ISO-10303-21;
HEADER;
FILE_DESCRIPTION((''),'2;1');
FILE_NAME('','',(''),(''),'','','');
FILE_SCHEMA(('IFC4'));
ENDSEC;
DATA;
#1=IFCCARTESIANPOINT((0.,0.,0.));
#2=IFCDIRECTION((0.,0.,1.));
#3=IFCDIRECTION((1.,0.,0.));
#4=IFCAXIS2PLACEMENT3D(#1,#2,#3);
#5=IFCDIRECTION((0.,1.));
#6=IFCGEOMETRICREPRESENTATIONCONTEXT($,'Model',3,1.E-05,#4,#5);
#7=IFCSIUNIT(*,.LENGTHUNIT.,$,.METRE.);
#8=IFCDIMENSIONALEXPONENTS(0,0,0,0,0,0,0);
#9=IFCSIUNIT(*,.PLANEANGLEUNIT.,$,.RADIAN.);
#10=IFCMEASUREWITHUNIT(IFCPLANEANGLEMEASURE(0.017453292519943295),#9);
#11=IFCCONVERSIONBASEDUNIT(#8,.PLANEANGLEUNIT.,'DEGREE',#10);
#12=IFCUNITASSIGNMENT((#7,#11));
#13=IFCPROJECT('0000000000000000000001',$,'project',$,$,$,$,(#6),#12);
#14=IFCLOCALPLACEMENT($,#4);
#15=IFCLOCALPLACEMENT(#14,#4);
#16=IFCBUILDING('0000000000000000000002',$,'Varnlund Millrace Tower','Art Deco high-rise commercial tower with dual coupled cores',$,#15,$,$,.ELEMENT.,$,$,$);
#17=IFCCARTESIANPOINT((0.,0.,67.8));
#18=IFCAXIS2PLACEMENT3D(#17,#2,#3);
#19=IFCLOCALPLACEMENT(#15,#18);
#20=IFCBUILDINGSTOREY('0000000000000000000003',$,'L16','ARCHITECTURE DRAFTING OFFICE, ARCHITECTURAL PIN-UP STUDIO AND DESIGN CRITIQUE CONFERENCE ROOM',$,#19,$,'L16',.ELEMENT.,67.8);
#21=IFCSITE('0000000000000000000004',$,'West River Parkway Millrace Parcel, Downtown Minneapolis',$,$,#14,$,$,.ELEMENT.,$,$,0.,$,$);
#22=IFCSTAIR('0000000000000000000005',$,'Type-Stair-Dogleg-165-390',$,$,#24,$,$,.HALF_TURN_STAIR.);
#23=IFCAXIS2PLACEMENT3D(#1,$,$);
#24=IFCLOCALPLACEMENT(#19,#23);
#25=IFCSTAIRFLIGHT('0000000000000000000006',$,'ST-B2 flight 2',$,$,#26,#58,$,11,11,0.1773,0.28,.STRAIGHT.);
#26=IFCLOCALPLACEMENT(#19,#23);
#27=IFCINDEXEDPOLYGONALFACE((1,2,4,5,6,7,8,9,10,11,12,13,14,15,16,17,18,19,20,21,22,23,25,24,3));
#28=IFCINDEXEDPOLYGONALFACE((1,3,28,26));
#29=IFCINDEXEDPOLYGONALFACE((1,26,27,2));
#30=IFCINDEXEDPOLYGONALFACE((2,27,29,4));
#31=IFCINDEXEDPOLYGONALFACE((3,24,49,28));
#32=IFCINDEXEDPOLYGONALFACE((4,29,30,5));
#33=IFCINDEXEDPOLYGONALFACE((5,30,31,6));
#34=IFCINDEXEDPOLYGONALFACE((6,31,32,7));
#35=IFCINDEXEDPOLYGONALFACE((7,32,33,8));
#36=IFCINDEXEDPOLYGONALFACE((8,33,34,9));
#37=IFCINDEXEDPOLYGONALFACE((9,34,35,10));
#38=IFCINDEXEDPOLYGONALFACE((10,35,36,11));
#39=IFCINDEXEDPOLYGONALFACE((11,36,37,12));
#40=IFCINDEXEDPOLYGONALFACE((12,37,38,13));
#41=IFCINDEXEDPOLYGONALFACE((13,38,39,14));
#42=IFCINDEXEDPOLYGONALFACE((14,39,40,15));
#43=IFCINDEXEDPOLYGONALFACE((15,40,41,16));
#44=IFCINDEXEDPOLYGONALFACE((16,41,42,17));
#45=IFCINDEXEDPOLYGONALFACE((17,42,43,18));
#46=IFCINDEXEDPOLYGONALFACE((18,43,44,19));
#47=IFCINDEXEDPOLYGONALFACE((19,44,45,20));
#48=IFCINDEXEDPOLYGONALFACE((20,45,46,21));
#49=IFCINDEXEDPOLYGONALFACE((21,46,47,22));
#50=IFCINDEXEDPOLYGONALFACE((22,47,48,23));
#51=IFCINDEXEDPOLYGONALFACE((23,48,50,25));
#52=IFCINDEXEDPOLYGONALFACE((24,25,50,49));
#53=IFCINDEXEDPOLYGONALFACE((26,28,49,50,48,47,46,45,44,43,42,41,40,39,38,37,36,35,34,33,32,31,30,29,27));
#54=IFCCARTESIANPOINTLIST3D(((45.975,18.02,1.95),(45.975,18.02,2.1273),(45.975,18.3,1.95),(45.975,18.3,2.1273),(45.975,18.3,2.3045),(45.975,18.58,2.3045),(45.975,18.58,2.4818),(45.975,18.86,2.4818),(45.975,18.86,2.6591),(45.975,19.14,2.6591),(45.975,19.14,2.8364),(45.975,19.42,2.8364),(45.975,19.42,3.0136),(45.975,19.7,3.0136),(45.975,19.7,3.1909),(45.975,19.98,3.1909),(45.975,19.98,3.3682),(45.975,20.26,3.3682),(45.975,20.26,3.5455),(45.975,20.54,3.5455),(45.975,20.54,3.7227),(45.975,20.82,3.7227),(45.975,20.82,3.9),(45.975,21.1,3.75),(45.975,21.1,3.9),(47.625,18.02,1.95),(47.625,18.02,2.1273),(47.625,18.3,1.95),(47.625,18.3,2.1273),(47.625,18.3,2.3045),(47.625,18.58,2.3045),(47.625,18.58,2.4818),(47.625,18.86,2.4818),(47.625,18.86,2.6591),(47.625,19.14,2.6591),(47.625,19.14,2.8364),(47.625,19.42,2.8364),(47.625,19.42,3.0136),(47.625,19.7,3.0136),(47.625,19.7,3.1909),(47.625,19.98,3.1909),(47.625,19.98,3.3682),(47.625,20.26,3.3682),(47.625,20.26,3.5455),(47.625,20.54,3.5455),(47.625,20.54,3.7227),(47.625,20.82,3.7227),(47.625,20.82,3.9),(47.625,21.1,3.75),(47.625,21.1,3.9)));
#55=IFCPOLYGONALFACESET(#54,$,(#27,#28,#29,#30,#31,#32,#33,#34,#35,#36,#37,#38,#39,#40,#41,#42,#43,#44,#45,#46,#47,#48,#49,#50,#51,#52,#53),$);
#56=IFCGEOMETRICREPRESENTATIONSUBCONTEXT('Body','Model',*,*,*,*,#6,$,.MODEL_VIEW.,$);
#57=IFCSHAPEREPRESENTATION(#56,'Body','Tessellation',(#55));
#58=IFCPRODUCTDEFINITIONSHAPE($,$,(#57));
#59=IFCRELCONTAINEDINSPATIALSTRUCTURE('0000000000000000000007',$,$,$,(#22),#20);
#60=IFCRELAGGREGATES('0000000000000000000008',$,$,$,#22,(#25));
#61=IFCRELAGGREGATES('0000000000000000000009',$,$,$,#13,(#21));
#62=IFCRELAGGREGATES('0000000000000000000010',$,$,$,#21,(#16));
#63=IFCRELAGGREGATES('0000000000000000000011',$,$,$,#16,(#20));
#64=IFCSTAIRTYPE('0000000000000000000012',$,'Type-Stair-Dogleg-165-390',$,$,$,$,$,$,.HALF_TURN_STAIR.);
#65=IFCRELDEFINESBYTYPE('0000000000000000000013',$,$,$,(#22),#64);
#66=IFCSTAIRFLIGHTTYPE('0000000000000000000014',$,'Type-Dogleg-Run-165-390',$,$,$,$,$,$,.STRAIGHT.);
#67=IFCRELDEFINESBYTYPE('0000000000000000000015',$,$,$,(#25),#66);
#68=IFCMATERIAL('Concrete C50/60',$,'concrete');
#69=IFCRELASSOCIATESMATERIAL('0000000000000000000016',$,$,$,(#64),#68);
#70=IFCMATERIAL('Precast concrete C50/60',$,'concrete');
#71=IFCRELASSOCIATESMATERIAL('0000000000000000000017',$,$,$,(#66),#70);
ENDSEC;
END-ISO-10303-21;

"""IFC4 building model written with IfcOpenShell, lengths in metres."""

from ifc_helpers import new_model, entity, si_unit, converted_unit, direction, frame, origin_with_axes, place, context, subcontext, project, spatial, polyline, outline, extrude, material, type_object, element, aggregate, save


model = new_model("IFC4")

# Units and contexts
model_context = context("Model", 3, precision=1e-05, world=origin_with_axes(), true_north=direction((0.0, 1.0)))
body_context = subcontext(model_context, "Body", "Model", "MODEL_VIEW")
ifc_project = project(units=[si_unit("LENGTHUNIT", "METRE"), converted_unit("PLANEANGLEUNIT", "DEGREE", entity("IfcPlaneAngleMeasure", 0.017453292519943295), si_unit("PLANEANGLEUNIT", "RADIAN"), dimensions=[0, 0, 0, 0, 0, 0, 0])], contexts=[model_context])

# Site, building, storey
site_placement = place(None, origin_with_axes())
site = spatial("IfcSite", under=ifc_project, at=site_placement, Name="West River Parkway Millrace Parcel, Downtown Minneapolis", CompositionType="ELEMENT", RefElevation=0.0)
building_placement = place(site_placement, origin_with_axes())
building = spatial("IfcBuilding", under=site, at=building_placement, Name="Varnlund Millrace Tower", Description="Art Deco high-rise commercial tower with dual coupled cores", CompositionType="ELEMENT")
storey_placement = place(building_placement, frame((0.0, 0.0, 67.8), z_axis=(0.0, 0.0, 1.0), x_axis=(1.0, 0.0, 0.0)))
storey = spatial("IfcBuildingStorey", under=building, at=storey_placement, Name="L16", Description="ARCHITECTURE DRAFTING OFFICE, ARCHITECTURAL PIN-UP STUDIO AND DESIGN CRITIQUE CONFERENCE ROOM", LongName="L16", CompositionType="ELEMENT", Elevation=67.8)

# Shared definitions
ifc_material_1 = material(Name="Precast concrete C50/60", Category="concrete")

# Stair, stair flight
ifc_material_2 = material(Name="Concrete C50/60", Category="concrete")
stair_type = type_object("IfcStairType", Name="Type-Stair-Dogleg-165-390", PredefinedType="HALF_TURN_STAIR", material=ifc_material_2)
stair_placement = place(storey_placement, origin_with_axes())
stair = element("IfcStair", 1, at=stair_placement, inside=storey, type_object=stair_type, Name="Type-Stair-Dogleg-165-390", PredefinedType="HALF_TURN_STAIR")
stair_flight_type = type_object("IfcStairFlightType", Name="Type-Dogleg-Run-165-390", PredefinedType="STRAIGHT", material=ifc_material_1)
stair_flight_placement = place(storey_placement, frame((45.975, 18.02, 1.95), z_axis=(1.0, 0.0, 0.0), x_axis=(0.0, 1.0, 0.0)))
stair_flight = element("IfcStairFlight", 2, at=stair_flight_placement, type_object=stair_flight_type, Name="ST-B2 flight 2", NumberOfRisers=11, NumberOfTreads=11, PredefinedType="STRAIGHT", RiserHeight=0.1773, TreadLength=0.28, context=body_context, shape_type="SweptSolid", body=[
    extrude(outline(polyline([(0.0, 0.0), (0.0, 0.1773), (0.28, 0.1773), (0.28, 0.3545), (0.56, 0.3545), (0.56, 0.5318), (0.84, 0.5318), (0.84, 0.7091), (1.12, 0.7091), (1.12, 0.8864), (1.4, 0.8864), (1.4, 1.0636), (1.68, 1.0636), (1.68, 1.2409), (1.96, 1.2409), (1.96, 1.4182), (2.24, 1.4182), (2.24, 1.5955), (2.52, 1.5955), (2.52, 1.7727), (2.8, 1.7727), (2.8, 1.95), (3.08, 1.95), (3.08, 1.8), (0.28, 0.0), (0.0, 0.0)])), origin_with_axes(), (0.0, 0.0, 1.0), 1.65),
])
aggregate(stair, [stair_flight])

save(model, "model.ifc")
